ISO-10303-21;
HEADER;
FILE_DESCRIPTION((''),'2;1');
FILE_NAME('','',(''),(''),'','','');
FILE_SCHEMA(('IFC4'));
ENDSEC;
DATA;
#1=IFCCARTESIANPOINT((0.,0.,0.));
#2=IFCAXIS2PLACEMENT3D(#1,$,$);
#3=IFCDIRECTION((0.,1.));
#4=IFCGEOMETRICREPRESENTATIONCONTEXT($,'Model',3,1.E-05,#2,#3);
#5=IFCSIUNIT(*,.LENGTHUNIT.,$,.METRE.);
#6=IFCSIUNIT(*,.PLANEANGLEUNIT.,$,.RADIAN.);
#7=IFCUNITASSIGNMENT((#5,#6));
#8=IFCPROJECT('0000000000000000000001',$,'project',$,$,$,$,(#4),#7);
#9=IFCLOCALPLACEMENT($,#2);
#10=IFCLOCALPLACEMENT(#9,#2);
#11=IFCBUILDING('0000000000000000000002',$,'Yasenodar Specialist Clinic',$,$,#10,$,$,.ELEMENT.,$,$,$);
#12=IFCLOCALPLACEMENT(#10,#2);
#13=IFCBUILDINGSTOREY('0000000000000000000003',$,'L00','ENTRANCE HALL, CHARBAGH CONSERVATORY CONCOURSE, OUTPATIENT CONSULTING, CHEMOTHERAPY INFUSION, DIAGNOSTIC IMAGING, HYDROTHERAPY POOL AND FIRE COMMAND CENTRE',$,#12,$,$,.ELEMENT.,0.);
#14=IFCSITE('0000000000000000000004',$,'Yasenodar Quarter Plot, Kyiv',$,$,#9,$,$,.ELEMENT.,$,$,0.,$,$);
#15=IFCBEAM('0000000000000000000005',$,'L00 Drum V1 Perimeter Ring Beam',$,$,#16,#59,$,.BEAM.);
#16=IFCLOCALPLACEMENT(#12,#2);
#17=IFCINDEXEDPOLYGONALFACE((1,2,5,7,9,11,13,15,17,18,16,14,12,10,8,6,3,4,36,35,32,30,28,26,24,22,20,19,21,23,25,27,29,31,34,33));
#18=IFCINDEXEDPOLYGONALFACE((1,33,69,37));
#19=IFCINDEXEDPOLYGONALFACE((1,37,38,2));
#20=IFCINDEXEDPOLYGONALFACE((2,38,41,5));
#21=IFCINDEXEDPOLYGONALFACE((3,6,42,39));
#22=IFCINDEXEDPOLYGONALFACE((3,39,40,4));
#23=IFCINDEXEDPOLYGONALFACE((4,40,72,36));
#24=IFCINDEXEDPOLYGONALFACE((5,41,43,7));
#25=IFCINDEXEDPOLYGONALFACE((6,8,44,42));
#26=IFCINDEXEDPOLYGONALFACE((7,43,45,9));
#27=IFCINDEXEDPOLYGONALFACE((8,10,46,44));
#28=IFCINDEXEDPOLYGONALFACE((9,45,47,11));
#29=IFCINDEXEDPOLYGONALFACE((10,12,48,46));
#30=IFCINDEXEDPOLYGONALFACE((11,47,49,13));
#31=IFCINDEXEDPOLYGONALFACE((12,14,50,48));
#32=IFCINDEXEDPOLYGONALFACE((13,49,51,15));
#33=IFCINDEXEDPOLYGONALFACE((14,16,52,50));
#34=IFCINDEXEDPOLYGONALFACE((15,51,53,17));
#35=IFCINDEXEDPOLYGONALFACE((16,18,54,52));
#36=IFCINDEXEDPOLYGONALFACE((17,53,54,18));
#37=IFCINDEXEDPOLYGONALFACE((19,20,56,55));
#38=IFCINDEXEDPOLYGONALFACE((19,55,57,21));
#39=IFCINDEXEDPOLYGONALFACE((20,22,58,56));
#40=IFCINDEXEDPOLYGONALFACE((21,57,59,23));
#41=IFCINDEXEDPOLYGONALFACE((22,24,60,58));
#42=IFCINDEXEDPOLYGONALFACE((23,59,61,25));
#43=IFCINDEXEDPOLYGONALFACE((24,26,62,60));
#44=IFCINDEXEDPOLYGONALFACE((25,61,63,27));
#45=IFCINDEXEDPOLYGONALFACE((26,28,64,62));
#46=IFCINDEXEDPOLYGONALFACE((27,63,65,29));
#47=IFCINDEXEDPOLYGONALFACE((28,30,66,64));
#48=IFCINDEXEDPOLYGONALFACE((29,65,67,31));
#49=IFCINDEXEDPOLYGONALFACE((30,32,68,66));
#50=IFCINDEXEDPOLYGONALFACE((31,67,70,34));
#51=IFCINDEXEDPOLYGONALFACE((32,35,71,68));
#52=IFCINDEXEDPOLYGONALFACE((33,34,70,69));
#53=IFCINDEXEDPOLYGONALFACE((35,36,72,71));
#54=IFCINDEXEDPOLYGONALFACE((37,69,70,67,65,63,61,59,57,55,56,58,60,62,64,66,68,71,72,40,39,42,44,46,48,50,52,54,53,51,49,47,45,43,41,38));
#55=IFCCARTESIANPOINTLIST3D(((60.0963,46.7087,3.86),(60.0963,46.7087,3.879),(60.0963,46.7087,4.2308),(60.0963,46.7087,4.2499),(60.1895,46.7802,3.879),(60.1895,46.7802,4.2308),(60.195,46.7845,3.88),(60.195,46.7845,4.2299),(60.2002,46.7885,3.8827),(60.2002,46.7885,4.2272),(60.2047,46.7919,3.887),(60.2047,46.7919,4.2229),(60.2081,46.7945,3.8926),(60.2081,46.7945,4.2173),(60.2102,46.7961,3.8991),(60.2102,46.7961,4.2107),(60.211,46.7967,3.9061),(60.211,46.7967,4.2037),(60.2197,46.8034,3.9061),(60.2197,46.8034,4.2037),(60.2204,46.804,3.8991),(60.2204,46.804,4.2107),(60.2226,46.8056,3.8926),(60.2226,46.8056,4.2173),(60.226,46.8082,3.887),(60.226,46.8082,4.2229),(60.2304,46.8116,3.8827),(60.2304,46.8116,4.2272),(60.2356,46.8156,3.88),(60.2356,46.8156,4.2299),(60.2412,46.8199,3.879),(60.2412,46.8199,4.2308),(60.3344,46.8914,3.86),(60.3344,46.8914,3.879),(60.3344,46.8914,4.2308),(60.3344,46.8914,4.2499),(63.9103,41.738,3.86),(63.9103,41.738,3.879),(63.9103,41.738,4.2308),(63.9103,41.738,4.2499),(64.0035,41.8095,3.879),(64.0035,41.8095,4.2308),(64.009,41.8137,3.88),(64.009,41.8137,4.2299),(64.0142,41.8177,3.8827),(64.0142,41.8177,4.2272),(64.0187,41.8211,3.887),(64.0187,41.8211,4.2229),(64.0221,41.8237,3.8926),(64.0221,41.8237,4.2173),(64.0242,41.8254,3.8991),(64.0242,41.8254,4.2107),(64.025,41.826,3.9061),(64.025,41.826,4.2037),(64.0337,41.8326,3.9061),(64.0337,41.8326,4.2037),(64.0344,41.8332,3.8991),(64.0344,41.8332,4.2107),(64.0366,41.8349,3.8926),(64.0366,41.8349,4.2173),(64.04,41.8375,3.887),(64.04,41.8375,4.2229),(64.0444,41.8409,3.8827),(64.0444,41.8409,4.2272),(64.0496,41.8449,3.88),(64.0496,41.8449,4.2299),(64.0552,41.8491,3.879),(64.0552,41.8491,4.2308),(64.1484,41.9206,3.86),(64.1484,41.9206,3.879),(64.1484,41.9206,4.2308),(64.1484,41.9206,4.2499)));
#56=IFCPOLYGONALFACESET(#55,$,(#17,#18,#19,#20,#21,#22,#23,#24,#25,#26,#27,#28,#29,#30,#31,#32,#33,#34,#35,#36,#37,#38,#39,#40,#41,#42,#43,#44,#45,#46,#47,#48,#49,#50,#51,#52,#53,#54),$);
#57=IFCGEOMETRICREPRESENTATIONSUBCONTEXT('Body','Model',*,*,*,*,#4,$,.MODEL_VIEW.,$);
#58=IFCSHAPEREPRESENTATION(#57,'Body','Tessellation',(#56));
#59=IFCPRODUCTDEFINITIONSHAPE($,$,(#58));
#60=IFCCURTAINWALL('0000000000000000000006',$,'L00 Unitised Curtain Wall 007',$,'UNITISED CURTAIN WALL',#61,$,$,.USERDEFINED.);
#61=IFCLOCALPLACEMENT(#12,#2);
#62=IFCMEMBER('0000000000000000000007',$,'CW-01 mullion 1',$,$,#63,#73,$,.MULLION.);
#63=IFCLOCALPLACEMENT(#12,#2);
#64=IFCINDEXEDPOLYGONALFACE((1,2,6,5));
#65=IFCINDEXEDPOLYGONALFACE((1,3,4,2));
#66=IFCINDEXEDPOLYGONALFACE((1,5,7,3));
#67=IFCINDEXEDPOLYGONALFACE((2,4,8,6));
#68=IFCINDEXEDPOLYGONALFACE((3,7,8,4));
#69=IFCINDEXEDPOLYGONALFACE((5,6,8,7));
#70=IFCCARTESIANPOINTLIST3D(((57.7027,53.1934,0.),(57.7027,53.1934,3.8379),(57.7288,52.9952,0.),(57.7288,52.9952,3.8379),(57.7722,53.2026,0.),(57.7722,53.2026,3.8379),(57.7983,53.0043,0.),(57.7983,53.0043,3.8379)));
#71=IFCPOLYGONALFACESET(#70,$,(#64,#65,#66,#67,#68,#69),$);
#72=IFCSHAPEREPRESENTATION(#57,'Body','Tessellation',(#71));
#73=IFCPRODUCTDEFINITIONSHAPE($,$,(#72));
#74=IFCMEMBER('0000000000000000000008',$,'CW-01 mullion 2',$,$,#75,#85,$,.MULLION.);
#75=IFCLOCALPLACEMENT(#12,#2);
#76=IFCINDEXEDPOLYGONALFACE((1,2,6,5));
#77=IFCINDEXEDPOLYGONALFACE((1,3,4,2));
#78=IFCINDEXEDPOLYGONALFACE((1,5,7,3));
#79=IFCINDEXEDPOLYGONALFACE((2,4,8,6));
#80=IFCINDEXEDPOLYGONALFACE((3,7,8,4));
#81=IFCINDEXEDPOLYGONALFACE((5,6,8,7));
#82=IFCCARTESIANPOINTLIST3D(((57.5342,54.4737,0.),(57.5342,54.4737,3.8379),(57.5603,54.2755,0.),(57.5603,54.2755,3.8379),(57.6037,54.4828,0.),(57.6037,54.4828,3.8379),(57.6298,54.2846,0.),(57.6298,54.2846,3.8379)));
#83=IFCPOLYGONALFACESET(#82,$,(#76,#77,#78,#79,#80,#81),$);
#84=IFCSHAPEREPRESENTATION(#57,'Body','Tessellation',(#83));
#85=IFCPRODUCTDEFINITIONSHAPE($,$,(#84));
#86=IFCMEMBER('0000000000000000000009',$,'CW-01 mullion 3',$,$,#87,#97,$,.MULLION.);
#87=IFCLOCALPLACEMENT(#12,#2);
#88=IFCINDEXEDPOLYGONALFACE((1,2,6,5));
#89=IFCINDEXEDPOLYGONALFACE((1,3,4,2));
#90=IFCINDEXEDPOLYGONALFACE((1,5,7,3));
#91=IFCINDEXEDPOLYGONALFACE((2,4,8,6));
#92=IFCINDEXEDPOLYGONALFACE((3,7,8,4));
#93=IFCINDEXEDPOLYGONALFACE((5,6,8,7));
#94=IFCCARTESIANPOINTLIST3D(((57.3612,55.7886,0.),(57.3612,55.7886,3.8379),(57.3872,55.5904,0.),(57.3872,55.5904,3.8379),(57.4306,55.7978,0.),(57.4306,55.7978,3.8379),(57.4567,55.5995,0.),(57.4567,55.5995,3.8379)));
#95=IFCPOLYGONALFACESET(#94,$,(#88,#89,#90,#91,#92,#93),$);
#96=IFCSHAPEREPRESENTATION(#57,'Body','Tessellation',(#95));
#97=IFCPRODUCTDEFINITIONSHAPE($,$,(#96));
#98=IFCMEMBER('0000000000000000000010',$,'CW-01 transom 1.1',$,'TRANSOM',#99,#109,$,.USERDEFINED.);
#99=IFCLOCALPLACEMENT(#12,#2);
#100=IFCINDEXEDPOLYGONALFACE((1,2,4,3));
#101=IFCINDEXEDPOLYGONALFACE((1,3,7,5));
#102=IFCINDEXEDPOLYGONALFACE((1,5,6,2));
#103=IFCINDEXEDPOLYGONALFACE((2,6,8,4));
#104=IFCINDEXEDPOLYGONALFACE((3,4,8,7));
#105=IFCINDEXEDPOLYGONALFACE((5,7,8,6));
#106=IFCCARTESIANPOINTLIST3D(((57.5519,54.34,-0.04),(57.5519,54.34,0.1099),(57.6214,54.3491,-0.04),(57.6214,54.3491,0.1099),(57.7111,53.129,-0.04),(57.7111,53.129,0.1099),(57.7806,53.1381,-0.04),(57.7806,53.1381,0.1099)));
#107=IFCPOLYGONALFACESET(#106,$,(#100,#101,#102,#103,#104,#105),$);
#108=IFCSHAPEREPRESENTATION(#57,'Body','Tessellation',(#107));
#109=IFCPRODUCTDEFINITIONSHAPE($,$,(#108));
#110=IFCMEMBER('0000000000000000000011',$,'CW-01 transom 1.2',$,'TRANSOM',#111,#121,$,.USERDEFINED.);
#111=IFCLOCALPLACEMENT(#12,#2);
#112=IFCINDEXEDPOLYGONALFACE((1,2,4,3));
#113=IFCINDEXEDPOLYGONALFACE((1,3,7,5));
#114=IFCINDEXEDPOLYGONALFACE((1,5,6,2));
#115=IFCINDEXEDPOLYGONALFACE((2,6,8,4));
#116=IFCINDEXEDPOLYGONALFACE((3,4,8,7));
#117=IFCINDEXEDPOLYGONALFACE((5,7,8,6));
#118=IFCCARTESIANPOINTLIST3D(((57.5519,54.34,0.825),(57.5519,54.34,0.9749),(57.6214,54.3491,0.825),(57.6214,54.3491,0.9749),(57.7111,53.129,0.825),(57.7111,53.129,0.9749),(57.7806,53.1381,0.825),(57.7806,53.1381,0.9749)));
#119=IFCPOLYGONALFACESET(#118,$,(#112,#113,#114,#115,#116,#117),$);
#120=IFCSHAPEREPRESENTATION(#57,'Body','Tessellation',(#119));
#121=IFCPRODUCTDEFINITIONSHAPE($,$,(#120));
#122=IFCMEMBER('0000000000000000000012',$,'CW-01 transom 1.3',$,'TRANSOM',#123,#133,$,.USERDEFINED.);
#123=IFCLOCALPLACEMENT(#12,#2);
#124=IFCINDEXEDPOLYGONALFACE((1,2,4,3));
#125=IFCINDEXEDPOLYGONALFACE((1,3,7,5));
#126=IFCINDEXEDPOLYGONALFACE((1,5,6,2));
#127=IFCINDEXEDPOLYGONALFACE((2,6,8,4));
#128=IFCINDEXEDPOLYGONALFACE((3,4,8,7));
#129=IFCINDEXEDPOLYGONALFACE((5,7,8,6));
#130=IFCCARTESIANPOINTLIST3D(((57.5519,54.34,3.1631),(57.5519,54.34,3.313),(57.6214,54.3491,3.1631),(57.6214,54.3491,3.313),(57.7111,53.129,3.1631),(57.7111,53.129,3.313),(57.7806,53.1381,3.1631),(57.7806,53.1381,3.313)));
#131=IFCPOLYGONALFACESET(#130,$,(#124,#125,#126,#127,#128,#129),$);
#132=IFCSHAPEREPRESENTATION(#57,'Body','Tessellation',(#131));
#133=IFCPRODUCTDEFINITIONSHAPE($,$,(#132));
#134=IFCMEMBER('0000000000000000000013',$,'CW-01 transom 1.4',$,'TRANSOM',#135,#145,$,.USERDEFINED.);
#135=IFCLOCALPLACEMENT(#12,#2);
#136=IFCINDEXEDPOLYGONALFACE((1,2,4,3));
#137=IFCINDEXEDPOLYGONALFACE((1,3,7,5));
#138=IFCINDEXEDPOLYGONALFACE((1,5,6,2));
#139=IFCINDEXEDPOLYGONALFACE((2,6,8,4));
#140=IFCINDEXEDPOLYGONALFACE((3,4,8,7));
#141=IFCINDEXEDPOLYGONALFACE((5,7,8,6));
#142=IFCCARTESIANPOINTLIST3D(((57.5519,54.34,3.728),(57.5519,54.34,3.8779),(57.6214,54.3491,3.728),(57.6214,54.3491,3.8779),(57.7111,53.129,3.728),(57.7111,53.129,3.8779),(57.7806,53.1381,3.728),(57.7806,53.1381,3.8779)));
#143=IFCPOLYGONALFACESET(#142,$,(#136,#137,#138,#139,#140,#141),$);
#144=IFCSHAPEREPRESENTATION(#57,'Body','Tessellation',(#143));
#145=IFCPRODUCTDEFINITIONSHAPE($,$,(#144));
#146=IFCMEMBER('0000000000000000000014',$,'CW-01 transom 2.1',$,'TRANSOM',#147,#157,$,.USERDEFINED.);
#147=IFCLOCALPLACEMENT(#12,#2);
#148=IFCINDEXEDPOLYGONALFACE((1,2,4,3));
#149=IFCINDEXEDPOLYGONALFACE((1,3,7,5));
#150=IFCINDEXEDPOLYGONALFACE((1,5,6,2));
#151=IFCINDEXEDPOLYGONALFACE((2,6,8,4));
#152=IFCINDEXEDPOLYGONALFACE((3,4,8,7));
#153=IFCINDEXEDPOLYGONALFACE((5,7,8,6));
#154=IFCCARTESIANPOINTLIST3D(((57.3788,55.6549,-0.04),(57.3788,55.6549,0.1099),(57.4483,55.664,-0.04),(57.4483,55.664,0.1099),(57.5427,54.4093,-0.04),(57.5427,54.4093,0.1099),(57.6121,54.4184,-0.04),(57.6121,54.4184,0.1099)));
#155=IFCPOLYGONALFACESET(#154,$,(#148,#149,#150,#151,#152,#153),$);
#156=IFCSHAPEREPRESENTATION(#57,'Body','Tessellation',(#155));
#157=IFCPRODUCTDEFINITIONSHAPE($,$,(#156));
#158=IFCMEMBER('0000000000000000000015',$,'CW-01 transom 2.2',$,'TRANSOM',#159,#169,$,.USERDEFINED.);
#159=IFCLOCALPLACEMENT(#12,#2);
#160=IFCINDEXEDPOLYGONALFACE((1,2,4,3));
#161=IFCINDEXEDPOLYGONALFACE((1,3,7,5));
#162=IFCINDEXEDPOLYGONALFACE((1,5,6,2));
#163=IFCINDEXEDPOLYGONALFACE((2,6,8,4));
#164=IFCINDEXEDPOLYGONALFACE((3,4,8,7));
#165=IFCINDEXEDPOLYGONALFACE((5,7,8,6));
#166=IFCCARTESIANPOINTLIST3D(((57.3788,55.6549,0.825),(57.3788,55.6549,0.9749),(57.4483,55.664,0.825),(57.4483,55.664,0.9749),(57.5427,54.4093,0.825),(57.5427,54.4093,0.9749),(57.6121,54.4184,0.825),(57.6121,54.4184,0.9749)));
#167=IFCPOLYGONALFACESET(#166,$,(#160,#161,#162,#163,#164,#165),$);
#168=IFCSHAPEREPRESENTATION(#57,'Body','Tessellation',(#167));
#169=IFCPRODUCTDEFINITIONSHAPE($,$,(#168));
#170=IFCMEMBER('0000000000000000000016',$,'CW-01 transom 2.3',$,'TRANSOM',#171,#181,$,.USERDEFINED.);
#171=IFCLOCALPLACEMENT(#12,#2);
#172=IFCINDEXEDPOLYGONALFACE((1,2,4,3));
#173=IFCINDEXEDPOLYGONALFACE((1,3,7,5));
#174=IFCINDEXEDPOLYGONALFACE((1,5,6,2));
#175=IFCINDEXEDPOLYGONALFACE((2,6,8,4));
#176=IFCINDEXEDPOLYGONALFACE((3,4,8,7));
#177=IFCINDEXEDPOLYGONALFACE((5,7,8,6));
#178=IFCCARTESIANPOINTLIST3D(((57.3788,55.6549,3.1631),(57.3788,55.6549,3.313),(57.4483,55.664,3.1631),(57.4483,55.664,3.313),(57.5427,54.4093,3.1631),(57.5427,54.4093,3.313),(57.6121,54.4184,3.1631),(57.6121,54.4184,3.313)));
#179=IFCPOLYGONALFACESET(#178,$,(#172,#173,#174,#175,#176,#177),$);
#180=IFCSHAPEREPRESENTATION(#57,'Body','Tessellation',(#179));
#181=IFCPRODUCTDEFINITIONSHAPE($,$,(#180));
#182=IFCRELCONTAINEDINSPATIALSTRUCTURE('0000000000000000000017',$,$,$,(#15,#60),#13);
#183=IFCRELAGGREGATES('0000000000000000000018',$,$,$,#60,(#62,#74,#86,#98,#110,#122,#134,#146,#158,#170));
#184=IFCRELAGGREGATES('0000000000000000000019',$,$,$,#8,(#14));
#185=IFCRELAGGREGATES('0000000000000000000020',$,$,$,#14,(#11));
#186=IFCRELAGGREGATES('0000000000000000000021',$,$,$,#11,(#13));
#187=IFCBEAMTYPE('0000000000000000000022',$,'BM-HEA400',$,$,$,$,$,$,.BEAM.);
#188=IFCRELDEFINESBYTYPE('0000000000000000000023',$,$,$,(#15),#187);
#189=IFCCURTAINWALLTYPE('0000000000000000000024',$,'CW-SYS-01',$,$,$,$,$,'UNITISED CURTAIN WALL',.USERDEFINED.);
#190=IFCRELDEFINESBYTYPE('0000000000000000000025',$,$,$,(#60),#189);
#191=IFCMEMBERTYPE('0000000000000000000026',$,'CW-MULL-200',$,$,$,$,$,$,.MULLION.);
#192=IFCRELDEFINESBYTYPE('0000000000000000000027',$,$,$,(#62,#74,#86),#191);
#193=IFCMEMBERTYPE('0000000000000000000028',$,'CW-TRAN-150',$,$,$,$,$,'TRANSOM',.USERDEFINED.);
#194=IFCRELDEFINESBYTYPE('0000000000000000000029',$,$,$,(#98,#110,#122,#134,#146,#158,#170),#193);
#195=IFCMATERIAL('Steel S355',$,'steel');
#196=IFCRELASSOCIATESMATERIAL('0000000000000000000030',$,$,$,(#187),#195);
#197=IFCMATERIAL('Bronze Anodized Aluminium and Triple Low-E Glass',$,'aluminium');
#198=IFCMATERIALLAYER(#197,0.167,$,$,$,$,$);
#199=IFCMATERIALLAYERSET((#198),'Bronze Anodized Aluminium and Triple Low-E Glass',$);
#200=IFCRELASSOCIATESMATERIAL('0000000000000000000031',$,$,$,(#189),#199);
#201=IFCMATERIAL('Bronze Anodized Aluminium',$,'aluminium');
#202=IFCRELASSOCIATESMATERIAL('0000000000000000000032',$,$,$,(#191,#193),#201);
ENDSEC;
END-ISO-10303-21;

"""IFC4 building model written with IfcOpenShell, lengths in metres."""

from ifc_helpers import new_model, si_unit, direction, frame, origin, origin_2d, place, context, subcontext, project, spatial, rectangle, i_section, extrude, material, layer, layer_set, material_profile, profile_set, type_object, element, aggregate, save


model = new_model("IFC4")

# Units and contexts
model_context = context("Model", 3, precision=1e-05, world=origin(), true_north=direction((0.0, 1.0)))
body_context = subcontext(model_context, "Body", "Model", "MODEL_VIEW")
ifc_project = project(units=[si_unit("LENGTHUNIT", "METRE"), si_unit("PLANEANGLEUNIT", "RADIAN")], contexts=[model_context])

# Site, building, storey
site_placement = place(None, origin())
site = spatial("IfcSite", under=ifc_project, at=site_placement, Name="Yasenodar Quarter Plot, Kyiv", CompositionType="ELEMENT", RefElevation=0.0)
building_placement = place(site_placement, origin())
building = spatial("IfcBuilding", under=site, at=building_placement, Name="Yasenodar Specialist Clinic", CompositionType="ELEMENT")
storey_placement = place(building_placement, origin())
storey = spatial("IfcBuildingStorey", under=building, at=storey_placement, Name="L00", Description="ENTRANCE HALL, CHARBAGH CONSERVATORY CONCOURSE, OUTPATIENT CONSULTING, CHEMOTHERAPY INFUSION, DIAGNOSTIC IMAGING, HYDROTHERAPY POOL AND FIRE COMMAND CENTRE", CompositionType="ELEMENT", Elevation=0.0)

# Shared definitions
ifc_material_1 = material(Name="Steel S355", Category="steel")

# Beam
ifc_material_profile_1 = material_profile(ifc_material_1, i_section(OverallWidth=0.3, OverallDepth=0.3899, WebThickness=0.011, FlangeThickness=0.019, FilletRadius=0.0271, at=origin_2d()), Name="HEA 400")
ifc_profile_set_1 = profile_set([ifc_material_profile_1], Name="Steel S355")
beam_type = type_object("IfcBeamType", Name="BM-HEA400", PredefinedType="BEAM", material=ifc_profile_set_1)
beam_1_placement = place(storey_placement, frame((60.2153, 46.8, 4.0549), z_axis=(0.608742, -0.793368, 0.0), x_axis=(0.793368, 0.608742, 0.0)))
element("IfcBeam", 1, at=beam_1_placement, inside=storey, type_object=beam_type, Name="L00 Drum V1 Perimeter Ring Beam", PredefinedType="BEAM", context=body_context, shape_type="SweptSolid", body=[
    extrude(i_section(OverallWidth=0.3, OverallDepth=0.3899, WebThickness=0.011, FlangeThickness=0.019, FilletRadius=0.0271, at=origin_2d()), origin(), (0.0, 0.0, 1.0), 6.2654),
])

# Curtain wall, members
ifc_material_2 = material(Name="Bronze Anodized Aluminium and Triple Low-E Glass", Category="aluminium")
ifc_layer_1 = layer(ifc_material_2, 0.167)
ifc_layer_set_1 = layer_set([ifc_layer_1], Name="Bronze Anodized Aluminium and Triple Low-E Glass")
curtain_wall_type = type_object("IfcCurtainWallType", Name="CW-SYS-01", ElementType="UNITISED CURTAIN WALL", PredefinedType="USERDEFINED", material=ifc_layer_set_1)
curtain_wall_placement = place(storey_placement, origin())
curtain_wall = element("IfcCurtainWall", 2, at=curtain_wall_placement, inside=storey, type_object=curtain_wall_type, Name="L00 Unitised Curtain Wall 007", ObjectType="UNITISED CURTAIN WALL", PredefinedType="USERDEFINED")
ifc_material_3 = material(Name="Bronze Anodized Aluminium", Category="aluminium")
ifc_material_profile_2 = material_profile(ifc_material_3, rectangle(XDim=0.0701, YDim=0.2, at=origin_2d()), Name="CW-MULL 70x200")
ifc_profile_set_2 = profile_set([ifc_material_profile_2], Name="Bronze Anodized Aluminium")
member_type_1 = type_object("IfcMemberType", Name="CW-MULL-200", PredefinedType="MULLION", material=ifc_profile_set_2)
member_1_placement = place(storey_placement, frame((57.7505, 53.0989, 0.0), z_axis=(0.0, 0.0, 1.0), x_axis=(-0.991447, -0.130512, 0.0)))
member_1 = element("IfcMember", 3, at=member_1_placement, type_object=member_type_1, Name="CW-01 mullion 1", PredefinedType="MULLION", context=body_context, shape_type="SweptSolid", body=[
    extrude(rectangle(XDim=0.0701, YDim=0.2, at=origin_2d()), origin(), (0.0, 0.0, 1.0), 3.8379),
])
member_2_placement = place(storey_placement, frame((57.582, 54.3792, 0.0), z_axis=(0.0, 0.0, 1.0), x_axis=(-0.991447, -0.130512, 0.0)))
member_2 = element("IfcMember", 4, at=member_2_placement, type_object=member_type_1, Name="CW-01 mullion 2", PredefinedType="MULLION", context=body_context, shape_type="SweptSolid", body=[
    extrude(rectangle(XDim=0.0701, YDim=0.2, at=origin_2d()), origin(), (0.0, 0.0, 1.0), 3.8379),
])
member_3_placement = place(storey_placement, frame((57.4089, 55.6941, 0.0), z_axis=(0.0, 0.0, 1.0), x_axis=(-0.991447, -0.130512, 0.0)))
member_3 = element("IfcMember", 5, at=member_3_placement, type_object=member_type_1, Name="CW-01 mullion 3", PredefinedType="MULLION", context=body_context, shape_type="SweptSolid", body=[
    extrude(rectangle(XDim=0.0701, YDim=0.2, at=origin_2d()), origin(), (0.0, 0.0, 1.0), 3.8379),
])
ifc_material_profile_3 = material_profile(ifc_material_3, rectangle(XDim=0.0701, YDim=0.1499, at=origin_2d()), Name="CW-TRAN 70x150")
ifc_profile_set_3 = profile_set([ifc_material_profile_3], Name="Bronze Anodized Aluminium")
member_type_2 = type_object("IfcMemberType", Name="CW-TRAN-150", ElementType="TRANSOM", PredefinedType="USERDEFINED", material=ifc_profile_set_3)
member_4_placement = place(storey_placement, frame((57.7458, 53.1335, 0.0349), z_axis=(-0.13033, 0.991471, 0.0), x_axis=(-0.991471, -0.13033, 0.0)))
member_4 = element("IfcMember", 6, at=member_4_placement, type_object=member_type_2, Name="CW-01 transom 1.1", ObjectType="TRANSOM", PredefinedType="USERDEFINED", context=body_context, shape_type="SweptSolid", body=[
    extrude(rectangle(XDim=0.0701, YDim=0.1499, at=origin_2d()), origin(), (0.0, 0.0, 1.0), 1.2214),
])
member_5_placement = place(storey_placement, frame((57.7458, 53.1335, 0.8999), z_axis=(-0.13033, 0.991471, 0.0), x_axis=(-0.991471, -0.13033, 0.0)))
member_5 = element("IfcMember", 7, at=member_5_placement, type_object=member_type_2, Name="CW-01 transom 1.2", ObjectType="TRANSOM", PredefinedType="USERDEFINED", context=body_context, shape_type="SweptSolid", body=[
    extrude(rectangle(XDim=0.0701, YDim=0.1499, at=origin_2d()), origin(), (0.0, 0.0, 1.0), 1.2214),
])
member_6_placement = place(storey_placement, frame((57.7458, 53.1335, 3.238), z_axis=(-0.13033, 0.991471, 0.0), x_axis=(-0.991471, -0.13033, 0.0)))
member_6 = element("IfcMember", 8, at=member_6_placement, type_object=member_type_2, Name="CW-01 transom 1.3", ObjectType="TRANSOM", PredefinedType="USERDEFINED", context=body_context, shape_type="SweptSolid", body=[
    extrude(rectangle(XDim=0.0701, YDim=0.1499, at=origin_2d()), origin(), (0.0, 0.0, 1.0), 1.2214),
])
member_7_placement = place(storey_placement, frame((57.7458, 53.1335, 3.803), z_axis=(-0.13033, 0.991471, 0.0), x_axis=(-0.991471, -0.13033, 0.0)))
member_7 = element("IfcMember", 9, at=member_7_placement, type_object=member_type_2, Name="CW-01 transom 1.4", ObjectType="TRANSOM", PredefinedType="USERDEFINED", context=body_context, shape_type="SweptSolid", body=[
    extrude(rectangle(XDim=0.0701, YDim=0.1499, at=origin_2d()), origin(), (0.0, 0.0, 1.0), 1.2214),
])
member_8_placement = place(storey_placement, frame((57.5774, 54.4138, 0.0349), z_axis=(-0.130394, 0.991462, 0.0), x_axis=(-0.991462, -0.130394, 0.0)))
member_8 = element("IfcMember", 10, at=member_8_placement, type_object=member_type_2, Name="CW-01 transom 2.1", ObjectType="TRANSOM", PredefinedType="USERDEFINED", context=body_context, shape_type="SweptSolid", body=[
    extrude(rectangle(XDim=0.0701, YDim=0.1499, at=origin_2d()), origin(), (0.0, 0.0, 1.0), 1.2563),
])
member_9_placement = place(storey_placement, frame((57.5774, 54.4138, 0.8999), z_axis=(-0.130394, 0.991462, 0.0), x_axis=(-0.991462, -0.130394, 0.0)))
member_9 = element("IfcMember", 11, at=member_9_placement, type_object=member_type_2, Name="CW-01 transom 2.2", ObjectType="TRANSOM", PredefinedType="USERDEFINED", context=body_context, shape_type="SweptSolid", body=[
    extrude(rectangle(XDim=0.0701, YDim=0.1499, at=origin_2d()), origin(), (0.0, 0.0, 1.0), 1.2563),
])
member_10_placement = place(storey_placement, frame((57.5774, 54.4138, 3.238), z_axis=(-0.130394, 0.991462, 0.0), x_axis=(-0.991462, -0.130394, 0.0)))
member_10 = element("IfcMember", 12, at=member_10_placement, type_object=member_type_2, Name="CW-01 transom 2.3", ObjectType="TRANSOM", PredefinedType="USERDEFINED", context=body_context, shape_type="SweptSolid", body=[
    extrude(rectangle(XDim=0.0701, YDim=0.1499, at=origin_2d()), origin(), (0.0, 0.0, 1.0), 1.2563),
])
aggregate(curtain_wall, [member_1, member_2, member_3, member_4, member_5, member_6, member_7, member_8, member_9, member_10])

save(model, "model.ifc")
